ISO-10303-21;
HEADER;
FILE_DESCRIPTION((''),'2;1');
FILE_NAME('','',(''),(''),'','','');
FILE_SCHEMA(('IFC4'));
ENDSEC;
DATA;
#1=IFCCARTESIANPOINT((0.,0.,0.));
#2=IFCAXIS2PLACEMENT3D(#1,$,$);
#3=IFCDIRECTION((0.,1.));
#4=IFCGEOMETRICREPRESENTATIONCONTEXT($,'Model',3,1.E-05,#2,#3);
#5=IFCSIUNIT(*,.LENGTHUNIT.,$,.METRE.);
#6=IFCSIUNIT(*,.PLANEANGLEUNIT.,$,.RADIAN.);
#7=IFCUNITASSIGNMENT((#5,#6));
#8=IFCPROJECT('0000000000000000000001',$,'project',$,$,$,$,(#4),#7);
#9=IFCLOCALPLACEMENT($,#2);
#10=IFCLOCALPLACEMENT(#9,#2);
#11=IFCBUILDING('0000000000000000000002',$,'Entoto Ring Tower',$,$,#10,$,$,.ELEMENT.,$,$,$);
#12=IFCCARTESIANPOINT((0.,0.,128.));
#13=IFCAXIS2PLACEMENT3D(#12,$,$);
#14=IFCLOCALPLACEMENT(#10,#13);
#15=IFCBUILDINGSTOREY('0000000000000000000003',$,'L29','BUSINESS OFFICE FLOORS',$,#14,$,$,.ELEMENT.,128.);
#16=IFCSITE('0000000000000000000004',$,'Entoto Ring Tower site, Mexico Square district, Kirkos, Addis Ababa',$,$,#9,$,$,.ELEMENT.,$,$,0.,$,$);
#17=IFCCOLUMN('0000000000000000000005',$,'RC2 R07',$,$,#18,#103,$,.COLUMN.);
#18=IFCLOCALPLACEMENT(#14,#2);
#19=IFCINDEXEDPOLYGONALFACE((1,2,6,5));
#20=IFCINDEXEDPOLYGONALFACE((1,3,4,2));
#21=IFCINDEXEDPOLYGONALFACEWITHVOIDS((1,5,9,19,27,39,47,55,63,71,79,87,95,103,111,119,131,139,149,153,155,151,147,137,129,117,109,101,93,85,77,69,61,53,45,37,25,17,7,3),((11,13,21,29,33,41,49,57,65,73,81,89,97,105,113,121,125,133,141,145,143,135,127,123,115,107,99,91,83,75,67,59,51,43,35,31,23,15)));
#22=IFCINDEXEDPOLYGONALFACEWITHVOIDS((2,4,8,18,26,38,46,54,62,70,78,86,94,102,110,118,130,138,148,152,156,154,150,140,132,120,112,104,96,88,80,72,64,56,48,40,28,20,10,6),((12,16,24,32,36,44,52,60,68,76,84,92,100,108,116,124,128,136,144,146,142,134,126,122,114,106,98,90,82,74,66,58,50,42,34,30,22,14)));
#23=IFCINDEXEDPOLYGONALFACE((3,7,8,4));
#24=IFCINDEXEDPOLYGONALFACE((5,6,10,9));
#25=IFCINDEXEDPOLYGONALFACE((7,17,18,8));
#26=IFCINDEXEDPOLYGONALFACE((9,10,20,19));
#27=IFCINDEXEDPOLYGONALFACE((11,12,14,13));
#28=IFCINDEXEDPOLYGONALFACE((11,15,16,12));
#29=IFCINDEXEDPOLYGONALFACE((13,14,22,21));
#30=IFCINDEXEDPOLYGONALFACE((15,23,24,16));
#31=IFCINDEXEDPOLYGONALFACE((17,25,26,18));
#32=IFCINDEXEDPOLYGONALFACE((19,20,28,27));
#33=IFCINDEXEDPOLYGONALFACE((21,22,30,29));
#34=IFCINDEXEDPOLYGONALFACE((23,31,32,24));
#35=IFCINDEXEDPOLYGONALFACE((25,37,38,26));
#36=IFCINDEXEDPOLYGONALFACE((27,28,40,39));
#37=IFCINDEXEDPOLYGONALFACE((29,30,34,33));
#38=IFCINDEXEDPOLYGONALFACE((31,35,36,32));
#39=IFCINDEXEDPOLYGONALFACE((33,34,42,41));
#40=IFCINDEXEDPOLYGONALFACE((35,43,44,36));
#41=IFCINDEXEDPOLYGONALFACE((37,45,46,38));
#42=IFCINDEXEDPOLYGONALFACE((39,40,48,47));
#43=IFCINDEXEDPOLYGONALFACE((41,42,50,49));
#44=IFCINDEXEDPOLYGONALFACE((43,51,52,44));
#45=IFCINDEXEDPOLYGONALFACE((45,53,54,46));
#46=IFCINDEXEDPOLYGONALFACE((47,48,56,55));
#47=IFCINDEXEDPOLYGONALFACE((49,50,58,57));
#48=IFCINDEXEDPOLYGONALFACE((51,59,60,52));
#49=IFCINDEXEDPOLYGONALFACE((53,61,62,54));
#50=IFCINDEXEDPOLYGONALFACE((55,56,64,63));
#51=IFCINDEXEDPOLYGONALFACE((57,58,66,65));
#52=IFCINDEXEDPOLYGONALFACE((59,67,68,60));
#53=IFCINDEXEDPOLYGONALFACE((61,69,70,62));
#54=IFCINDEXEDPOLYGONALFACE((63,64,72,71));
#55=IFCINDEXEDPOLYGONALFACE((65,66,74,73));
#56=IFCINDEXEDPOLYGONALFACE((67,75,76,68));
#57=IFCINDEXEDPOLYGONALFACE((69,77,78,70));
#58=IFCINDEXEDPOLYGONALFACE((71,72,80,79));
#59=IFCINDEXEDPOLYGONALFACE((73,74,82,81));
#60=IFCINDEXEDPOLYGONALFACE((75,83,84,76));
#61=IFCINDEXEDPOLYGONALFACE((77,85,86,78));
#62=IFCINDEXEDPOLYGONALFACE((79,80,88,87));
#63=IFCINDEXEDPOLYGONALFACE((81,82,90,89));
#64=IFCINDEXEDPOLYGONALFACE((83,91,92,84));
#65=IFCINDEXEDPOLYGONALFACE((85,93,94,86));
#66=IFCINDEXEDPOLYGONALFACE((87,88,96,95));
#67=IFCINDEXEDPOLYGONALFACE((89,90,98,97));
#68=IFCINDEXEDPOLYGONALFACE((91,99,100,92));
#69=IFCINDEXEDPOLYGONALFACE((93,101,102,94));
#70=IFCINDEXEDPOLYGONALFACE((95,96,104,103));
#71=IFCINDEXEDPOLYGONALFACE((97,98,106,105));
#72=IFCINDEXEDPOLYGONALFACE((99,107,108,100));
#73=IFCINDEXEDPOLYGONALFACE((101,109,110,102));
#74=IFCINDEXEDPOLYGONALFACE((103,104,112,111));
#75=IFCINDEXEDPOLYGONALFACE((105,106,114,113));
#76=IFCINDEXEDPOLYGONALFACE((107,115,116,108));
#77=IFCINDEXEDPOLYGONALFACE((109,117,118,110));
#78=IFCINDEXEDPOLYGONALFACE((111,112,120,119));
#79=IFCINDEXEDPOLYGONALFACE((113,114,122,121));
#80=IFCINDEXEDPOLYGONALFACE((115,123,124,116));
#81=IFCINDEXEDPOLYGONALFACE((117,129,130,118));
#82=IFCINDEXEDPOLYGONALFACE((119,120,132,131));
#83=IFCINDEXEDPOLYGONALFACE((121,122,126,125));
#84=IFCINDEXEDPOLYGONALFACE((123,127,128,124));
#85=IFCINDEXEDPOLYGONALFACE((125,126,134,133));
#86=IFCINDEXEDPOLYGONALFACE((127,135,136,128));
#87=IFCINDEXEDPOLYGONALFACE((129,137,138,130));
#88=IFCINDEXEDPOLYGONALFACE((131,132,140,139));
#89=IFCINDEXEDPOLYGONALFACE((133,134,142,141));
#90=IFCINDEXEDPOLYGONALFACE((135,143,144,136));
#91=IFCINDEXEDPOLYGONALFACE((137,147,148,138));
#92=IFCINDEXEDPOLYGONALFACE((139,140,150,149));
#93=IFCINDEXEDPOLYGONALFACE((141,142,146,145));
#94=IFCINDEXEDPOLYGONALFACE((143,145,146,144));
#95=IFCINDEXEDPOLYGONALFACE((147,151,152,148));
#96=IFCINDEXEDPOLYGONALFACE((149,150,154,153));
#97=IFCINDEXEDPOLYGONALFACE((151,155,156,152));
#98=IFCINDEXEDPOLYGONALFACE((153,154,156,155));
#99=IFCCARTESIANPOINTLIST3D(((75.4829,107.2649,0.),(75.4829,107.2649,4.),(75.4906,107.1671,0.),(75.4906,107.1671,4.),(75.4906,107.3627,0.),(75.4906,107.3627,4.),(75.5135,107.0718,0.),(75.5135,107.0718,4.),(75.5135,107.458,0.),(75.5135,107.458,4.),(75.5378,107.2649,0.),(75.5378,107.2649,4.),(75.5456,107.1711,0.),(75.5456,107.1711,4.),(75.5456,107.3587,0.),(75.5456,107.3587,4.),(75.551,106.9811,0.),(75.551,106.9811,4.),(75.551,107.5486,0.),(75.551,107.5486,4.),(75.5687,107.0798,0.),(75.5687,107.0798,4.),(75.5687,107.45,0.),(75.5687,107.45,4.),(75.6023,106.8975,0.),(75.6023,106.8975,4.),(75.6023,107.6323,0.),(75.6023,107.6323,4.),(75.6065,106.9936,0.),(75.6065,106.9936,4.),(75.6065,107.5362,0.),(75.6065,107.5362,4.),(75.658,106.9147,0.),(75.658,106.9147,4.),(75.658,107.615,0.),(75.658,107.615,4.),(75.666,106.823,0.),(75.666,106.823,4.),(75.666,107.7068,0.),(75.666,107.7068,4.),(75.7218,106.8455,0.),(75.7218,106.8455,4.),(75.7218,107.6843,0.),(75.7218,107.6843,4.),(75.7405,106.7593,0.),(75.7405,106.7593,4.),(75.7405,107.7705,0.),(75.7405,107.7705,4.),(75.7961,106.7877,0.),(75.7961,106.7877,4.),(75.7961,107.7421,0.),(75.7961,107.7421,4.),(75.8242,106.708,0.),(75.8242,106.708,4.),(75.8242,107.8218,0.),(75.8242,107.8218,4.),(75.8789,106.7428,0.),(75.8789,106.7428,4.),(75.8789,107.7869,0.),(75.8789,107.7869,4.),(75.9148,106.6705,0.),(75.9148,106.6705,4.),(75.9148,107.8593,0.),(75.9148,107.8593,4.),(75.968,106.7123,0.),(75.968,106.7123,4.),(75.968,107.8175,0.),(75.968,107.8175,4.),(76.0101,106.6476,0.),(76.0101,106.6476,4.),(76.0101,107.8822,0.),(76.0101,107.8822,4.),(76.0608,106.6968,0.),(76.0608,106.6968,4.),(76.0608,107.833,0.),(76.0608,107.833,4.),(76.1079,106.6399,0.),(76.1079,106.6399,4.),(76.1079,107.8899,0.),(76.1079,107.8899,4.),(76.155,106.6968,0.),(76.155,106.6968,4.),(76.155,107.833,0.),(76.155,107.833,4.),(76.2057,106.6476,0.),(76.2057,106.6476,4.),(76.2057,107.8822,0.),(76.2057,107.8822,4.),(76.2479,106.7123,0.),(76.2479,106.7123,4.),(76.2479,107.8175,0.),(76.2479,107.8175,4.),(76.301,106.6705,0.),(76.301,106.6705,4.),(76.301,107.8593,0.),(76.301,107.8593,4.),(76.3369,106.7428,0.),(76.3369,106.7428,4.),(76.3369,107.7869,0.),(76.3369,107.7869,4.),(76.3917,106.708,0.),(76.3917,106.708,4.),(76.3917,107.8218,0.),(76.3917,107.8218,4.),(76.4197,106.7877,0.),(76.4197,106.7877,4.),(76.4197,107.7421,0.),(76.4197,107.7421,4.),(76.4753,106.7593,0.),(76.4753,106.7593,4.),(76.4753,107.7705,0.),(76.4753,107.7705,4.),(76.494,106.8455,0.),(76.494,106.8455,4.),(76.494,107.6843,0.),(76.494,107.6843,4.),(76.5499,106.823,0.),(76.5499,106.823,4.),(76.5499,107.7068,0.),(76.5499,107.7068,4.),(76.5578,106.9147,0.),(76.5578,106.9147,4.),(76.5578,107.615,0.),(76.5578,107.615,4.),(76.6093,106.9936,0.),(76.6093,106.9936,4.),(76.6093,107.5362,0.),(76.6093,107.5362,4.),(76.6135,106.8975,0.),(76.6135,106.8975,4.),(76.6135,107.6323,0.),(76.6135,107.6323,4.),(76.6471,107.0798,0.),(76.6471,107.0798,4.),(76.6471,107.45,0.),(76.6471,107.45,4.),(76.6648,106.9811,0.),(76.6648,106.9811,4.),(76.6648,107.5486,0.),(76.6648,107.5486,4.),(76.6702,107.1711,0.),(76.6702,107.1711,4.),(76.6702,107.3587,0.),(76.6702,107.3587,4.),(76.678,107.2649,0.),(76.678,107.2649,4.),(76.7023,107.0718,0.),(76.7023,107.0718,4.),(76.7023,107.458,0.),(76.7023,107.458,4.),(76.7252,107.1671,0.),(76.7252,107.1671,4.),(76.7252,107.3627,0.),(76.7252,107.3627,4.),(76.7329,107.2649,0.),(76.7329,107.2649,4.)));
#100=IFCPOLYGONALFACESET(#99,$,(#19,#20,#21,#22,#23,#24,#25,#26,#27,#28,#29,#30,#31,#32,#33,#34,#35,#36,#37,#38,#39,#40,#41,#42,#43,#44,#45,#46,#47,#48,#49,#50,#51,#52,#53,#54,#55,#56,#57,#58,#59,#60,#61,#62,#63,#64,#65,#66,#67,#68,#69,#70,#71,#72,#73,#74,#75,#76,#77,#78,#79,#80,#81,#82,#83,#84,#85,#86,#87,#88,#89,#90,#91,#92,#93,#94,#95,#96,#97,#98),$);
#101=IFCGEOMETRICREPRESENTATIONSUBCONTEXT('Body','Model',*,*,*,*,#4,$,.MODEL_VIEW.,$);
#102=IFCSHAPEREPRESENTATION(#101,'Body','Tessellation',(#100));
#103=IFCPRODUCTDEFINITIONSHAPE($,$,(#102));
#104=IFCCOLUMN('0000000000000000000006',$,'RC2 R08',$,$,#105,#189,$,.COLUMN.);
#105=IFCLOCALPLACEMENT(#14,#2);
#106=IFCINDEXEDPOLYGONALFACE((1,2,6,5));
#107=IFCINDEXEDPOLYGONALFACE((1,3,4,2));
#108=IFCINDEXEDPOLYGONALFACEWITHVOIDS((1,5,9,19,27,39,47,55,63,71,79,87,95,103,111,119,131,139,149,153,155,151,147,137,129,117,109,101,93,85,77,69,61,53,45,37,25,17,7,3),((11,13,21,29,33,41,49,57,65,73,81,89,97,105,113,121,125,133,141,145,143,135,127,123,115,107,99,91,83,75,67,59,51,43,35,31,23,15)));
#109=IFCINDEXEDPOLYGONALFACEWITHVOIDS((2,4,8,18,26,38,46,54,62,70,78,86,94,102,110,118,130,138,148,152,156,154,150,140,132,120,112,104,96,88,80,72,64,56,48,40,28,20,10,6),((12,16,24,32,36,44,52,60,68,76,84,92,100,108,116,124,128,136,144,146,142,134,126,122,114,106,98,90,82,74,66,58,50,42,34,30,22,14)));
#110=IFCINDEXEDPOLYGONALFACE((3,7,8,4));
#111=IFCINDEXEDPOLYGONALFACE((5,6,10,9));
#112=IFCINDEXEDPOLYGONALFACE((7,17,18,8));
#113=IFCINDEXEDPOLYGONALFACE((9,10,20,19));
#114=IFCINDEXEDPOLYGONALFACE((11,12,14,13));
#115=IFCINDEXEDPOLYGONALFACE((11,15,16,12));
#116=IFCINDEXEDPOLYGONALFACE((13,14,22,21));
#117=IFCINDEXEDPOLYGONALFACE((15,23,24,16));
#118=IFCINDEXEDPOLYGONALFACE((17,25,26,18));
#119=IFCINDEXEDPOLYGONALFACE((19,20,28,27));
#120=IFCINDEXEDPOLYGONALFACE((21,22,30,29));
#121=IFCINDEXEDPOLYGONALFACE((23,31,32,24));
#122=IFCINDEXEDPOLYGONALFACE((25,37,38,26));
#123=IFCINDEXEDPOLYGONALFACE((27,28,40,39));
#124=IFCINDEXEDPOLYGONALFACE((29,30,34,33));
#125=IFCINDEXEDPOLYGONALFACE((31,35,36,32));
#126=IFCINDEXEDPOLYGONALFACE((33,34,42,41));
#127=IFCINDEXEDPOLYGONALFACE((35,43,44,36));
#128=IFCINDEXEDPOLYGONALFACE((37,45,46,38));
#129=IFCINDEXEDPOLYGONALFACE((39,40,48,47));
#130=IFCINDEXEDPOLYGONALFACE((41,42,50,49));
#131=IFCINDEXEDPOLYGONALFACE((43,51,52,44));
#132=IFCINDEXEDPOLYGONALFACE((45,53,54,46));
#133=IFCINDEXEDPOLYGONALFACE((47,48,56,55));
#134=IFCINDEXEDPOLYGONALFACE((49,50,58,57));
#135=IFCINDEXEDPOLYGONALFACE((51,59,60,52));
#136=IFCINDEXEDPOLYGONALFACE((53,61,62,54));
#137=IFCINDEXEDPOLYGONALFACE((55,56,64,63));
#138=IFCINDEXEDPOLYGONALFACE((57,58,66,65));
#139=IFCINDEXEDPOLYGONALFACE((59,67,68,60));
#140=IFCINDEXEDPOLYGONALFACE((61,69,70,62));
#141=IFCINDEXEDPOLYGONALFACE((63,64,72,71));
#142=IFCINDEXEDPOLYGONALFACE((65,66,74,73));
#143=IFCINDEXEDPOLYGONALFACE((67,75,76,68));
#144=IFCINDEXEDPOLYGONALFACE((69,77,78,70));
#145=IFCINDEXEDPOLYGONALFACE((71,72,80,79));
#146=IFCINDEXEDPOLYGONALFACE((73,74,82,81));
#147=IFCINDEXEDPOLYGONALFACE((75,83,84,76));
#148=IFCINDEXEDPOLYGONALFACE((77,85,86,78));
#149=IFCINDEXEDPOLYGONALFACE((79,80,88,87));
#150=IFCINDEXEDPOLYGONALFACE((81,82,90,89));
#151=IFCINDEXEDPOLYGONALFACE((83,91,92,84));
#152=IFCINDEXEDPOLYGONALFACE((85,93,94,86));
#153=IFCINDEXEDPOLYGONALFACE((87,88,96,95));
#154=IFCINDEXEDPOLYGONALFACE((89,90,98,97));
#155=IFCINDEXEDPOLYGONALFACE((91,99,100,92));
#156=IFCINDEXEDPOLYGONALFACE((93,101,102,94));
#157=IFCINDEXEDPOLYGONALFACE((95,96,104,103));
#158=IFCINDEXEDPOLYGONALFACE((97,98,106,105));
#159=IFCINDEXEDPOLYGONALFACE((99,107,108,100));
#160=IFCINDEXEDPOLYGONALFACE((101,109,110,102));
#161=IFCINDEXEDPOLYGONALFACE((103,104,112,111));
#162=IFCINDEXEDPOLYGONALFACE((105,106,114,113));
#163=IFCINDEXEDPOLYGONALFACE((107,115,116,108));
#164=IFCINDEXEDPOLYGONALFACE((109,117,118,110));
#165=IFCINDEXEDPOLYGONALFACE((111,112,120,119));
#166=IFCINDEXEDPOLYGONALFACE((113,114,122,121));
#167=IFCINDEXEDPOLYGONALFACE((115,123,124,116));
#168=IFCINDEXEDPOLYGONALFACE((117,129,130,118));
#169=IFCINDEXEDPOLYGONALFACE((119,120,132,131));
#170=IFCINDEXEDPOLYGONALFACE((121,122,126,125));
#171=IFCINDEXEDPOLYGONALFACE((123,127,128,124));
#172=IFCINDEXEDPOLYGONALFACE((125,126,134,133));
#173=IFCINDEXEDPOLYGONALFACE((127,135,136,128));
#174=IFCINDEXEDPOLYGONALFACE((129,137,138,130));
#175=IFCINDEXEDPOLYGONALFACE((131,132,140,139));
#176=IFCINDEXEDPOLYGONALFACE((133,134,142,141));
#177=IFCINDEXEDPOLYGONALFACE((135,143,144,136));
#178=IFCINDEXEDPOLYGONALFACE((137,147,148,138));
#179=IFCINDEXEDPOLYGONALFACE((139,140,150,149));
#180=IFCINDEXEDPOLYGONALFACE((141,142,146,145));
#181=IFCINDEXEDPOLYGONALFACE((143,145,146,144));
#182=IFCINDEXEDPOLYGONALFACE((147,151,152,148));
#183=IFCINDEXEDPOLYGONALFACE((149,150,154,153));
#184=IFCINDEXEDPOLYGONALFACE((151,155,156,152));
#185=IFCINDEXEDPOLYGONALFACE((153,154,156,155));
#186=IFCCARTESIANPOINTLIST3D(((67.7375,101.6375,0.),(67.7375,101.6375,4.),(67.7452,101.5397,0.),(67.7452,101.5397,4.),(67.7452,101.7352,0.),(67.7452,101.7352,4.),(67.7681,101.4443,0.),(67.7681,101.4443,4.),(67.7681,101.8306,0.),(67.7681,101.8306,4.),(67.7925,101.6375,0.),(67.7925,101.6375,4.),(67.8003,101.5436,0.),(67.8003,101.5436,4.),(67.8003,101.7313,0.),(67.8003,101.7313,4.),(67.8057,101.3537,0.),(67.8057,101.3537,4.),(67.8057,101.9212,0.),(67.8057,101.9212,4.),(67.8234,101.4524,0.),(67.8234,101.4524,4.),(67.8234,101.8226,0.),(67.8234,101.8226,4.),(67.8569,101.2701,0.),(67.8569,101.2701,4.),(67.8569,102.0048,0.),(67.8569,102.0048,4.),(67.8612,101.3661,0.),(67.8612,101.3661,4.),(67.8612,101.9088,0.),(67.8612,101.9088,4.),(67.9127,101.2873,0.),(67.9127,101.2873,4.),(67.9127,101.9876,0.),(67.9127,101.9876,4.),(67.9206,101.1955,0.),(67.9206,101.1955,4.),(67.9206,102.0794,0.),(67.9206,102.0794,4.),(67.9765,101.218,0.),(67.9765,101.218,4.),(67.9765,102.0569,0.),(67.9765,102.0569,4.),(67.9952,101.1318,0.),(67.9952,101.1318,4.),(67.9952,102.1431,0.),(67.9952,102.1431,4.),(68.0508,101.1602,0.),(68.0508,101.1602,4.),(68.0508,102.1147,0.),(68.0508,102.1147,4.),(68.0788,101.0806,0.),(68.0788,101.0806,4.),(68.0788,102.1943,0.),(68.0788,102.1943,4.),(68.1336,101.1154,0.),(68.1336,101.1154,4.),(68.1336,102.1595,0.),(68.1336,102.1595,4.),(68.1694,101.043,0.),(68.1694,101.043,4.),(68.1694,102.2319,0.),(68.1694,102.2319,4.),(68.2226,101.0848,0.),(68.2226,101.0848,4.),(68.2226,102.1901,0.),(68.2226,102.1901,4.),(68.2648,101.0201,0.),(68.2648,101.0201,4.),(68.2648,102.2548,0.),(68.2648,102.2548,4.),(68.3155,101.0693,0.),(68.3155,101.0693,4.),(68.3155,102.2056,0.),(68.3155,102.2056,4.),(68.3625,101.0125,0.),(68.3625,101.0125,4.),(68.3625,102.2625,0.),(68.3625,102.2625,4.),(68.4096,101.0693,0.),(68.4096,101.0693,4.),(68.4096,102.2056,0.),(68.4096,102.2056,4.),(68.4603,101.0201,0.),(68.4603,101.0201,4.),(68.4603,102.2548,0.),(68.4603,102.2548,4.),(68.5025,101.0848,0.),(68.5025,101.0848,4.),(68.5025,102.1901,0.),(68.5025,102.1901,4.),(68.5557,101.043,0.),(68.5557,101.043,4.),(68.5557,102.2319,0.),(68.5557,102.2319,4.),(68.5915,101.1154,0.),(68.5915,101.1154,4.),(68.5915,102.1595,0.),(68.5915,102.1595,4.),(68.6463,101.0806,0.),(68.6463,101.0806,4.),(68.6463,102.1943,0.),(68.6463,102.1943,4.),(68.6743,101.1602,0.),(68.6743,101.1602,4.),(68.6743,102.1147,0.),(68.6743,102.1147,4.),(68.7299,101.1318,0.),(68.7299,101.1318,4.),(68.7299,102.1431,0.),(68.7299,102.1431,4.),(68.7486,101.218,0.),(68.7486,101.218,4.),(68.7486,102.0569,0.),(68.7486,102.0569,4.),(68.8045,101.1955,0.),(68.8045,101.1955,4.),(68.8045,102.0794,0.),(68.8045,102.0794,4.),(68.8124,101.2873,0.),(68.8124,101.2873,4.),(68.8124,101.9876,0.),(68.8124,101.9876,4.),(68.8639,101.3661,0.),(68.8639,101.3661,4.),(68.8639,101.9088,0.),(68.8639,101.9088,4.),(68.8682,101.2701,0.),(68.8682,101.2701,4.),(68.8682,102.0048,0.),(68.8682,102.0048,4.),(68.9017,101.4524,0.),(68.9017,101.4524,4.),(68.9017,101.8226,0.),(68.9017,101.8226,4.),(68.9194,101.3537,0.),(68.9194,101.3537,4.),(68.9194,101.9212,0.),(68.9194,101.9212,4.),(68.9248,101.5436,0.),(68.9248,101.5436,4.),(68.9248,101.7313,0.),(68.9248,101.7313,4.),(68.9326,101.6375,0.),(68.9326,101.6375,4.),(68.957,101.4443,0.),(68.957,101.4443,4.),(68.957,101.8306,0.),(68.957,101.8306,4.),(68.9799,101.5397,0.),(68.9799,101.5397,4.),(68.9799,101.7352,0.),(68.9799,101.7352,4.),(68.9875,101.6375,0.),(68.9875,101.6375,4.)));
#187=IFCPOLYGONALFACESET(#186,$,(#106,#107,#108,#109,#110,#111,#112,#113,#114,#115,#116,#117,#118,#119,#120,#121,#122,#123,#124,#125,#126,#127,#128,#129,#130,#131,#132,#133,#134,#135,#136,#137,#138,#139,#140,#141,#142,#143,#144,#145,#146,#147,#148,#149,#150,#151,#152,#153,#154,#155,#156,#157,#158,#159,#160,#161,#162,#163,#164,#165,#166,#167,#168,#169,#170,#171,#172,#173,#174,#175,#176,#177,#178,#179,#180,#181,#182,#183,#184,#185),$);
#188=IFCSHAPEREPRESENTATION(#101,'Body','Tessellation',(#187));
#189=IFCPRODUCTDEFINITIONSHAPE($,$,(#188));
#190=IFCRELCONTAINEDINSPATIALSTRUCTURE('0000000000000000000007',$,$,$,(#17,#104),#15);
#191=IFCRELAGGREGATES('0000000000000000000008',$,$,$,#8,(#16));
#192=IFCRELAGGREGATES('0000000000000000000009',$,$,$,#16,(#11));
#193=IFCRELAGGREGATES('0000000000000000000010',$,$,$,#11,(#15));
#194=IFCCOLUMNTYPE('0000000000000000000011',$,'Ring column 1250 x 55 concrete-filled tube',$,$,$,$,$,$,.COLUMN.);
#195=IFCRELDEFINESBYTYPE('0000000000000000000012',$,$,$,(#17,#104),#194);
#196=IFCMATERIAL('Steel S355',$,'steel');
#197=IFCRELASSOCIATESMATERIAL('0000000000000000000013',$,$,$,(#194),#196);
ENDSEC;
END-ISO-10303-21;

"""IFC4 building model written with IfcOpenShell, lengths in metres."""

from ifc_helpers import new_model, si_unit, direction, frame, origin, origin_2d, place, context, subcontext, project, spatial, circle, hollow_circle, extrude, material, material_profile, profile_set, type_object, element, save


model = new_model("IFC4")

# Units and contexts
model_context = context("Model", 3, precision=1e-05, world=origin(), true_north=direction((0.0, 1.0)))
body_context = subcontext(model_context, "Body", "Model", "MODEL_VIEW")
ifc_project = project(units=[si_unit("LENGTHUNIT", "METRE"), si_unit("PLANEANGLEUNIT", "RADIAN")], contexts=[model_context])

# Site, building, storey
site_placement = place(None, origin())
site = spatial("IfcSite", under=ifc_project, at=site_placement, Name="Entoto Ring Tower site, Mexico Square district, Kirkos, Addis Ababa", CompositionType="ELEMENT", RefElevation=0.0)
building_placement = place(site_placement, origin())
building = spatial("IfcBuilding", under=site, at=building_placement, Name="Entoto Ring Tower", CompositionType="ELEMENT")
storey_placement = place(building_placement, frame((0.0, 0.0, 128.0)))
storey = spatial("IfcBuildingStorey", under=building, at=storey_placement, Name="L29", Description="BUSINESS OFFICE FLOORS", CompositionType="ELEMENT", Elevation=128.0)

# Columns
ifc_material_1 = material(Name="Steel S355", Category="steel")
ifc_material_profile_1 = material_profile(ifc_material_1, hollow_circle(Radius=0.625, WallThickness=0.0549, at=origin_2d()), Name="CHS 1250 x 55")
ifc_material_2 = material(Name="Concrete C60/75", Category="concrete")
ifc_material_profile_2 = material_profile(ifc_material_2, circle(Radius=0.5701, at=origin_2d()), Name="Concrete C60/75 infill")
ifc_profile_set_1 = profile_set([ifc_material_profile_1, ifc_material_profile_2], Name="Steel S355")
column_type = type_object("IfcColumnType", Name="Ring column 1250 x 55 concrete-filled tube", PredefinedType="COLUMN", material=ifc_profile_set_1)
for number, where, z_axis, x_axis, name in (
    (1, (76.1079, 107.2649, 0.0), (0.0, 0.0, 1.0), (1.0, 0.0, 0.0), "RC2 R07"),
    (2, (68.3625, 101.6375, 0.0), (0.0, 0.0, 1.0), (1.0, 0.0, 0.0), "RC2 R08"),
):
    element("IfcColumn", number, at=place(storey_placement, frame(where, z_axis=z_axis, x_axis=x_axis)), inside=storey, type_object=column_type, Name=name, PredefinedType="COLUMN", context=body_context, shape_type="SweptSolid", body=[
        extrude(hollow_circle(Radius=0.625, WallThickness=0.0549, at=origin_2d()), origin(), (0.0, 0.0, 1.0), 4.0),
    ])

save(model, "model.ifc")
